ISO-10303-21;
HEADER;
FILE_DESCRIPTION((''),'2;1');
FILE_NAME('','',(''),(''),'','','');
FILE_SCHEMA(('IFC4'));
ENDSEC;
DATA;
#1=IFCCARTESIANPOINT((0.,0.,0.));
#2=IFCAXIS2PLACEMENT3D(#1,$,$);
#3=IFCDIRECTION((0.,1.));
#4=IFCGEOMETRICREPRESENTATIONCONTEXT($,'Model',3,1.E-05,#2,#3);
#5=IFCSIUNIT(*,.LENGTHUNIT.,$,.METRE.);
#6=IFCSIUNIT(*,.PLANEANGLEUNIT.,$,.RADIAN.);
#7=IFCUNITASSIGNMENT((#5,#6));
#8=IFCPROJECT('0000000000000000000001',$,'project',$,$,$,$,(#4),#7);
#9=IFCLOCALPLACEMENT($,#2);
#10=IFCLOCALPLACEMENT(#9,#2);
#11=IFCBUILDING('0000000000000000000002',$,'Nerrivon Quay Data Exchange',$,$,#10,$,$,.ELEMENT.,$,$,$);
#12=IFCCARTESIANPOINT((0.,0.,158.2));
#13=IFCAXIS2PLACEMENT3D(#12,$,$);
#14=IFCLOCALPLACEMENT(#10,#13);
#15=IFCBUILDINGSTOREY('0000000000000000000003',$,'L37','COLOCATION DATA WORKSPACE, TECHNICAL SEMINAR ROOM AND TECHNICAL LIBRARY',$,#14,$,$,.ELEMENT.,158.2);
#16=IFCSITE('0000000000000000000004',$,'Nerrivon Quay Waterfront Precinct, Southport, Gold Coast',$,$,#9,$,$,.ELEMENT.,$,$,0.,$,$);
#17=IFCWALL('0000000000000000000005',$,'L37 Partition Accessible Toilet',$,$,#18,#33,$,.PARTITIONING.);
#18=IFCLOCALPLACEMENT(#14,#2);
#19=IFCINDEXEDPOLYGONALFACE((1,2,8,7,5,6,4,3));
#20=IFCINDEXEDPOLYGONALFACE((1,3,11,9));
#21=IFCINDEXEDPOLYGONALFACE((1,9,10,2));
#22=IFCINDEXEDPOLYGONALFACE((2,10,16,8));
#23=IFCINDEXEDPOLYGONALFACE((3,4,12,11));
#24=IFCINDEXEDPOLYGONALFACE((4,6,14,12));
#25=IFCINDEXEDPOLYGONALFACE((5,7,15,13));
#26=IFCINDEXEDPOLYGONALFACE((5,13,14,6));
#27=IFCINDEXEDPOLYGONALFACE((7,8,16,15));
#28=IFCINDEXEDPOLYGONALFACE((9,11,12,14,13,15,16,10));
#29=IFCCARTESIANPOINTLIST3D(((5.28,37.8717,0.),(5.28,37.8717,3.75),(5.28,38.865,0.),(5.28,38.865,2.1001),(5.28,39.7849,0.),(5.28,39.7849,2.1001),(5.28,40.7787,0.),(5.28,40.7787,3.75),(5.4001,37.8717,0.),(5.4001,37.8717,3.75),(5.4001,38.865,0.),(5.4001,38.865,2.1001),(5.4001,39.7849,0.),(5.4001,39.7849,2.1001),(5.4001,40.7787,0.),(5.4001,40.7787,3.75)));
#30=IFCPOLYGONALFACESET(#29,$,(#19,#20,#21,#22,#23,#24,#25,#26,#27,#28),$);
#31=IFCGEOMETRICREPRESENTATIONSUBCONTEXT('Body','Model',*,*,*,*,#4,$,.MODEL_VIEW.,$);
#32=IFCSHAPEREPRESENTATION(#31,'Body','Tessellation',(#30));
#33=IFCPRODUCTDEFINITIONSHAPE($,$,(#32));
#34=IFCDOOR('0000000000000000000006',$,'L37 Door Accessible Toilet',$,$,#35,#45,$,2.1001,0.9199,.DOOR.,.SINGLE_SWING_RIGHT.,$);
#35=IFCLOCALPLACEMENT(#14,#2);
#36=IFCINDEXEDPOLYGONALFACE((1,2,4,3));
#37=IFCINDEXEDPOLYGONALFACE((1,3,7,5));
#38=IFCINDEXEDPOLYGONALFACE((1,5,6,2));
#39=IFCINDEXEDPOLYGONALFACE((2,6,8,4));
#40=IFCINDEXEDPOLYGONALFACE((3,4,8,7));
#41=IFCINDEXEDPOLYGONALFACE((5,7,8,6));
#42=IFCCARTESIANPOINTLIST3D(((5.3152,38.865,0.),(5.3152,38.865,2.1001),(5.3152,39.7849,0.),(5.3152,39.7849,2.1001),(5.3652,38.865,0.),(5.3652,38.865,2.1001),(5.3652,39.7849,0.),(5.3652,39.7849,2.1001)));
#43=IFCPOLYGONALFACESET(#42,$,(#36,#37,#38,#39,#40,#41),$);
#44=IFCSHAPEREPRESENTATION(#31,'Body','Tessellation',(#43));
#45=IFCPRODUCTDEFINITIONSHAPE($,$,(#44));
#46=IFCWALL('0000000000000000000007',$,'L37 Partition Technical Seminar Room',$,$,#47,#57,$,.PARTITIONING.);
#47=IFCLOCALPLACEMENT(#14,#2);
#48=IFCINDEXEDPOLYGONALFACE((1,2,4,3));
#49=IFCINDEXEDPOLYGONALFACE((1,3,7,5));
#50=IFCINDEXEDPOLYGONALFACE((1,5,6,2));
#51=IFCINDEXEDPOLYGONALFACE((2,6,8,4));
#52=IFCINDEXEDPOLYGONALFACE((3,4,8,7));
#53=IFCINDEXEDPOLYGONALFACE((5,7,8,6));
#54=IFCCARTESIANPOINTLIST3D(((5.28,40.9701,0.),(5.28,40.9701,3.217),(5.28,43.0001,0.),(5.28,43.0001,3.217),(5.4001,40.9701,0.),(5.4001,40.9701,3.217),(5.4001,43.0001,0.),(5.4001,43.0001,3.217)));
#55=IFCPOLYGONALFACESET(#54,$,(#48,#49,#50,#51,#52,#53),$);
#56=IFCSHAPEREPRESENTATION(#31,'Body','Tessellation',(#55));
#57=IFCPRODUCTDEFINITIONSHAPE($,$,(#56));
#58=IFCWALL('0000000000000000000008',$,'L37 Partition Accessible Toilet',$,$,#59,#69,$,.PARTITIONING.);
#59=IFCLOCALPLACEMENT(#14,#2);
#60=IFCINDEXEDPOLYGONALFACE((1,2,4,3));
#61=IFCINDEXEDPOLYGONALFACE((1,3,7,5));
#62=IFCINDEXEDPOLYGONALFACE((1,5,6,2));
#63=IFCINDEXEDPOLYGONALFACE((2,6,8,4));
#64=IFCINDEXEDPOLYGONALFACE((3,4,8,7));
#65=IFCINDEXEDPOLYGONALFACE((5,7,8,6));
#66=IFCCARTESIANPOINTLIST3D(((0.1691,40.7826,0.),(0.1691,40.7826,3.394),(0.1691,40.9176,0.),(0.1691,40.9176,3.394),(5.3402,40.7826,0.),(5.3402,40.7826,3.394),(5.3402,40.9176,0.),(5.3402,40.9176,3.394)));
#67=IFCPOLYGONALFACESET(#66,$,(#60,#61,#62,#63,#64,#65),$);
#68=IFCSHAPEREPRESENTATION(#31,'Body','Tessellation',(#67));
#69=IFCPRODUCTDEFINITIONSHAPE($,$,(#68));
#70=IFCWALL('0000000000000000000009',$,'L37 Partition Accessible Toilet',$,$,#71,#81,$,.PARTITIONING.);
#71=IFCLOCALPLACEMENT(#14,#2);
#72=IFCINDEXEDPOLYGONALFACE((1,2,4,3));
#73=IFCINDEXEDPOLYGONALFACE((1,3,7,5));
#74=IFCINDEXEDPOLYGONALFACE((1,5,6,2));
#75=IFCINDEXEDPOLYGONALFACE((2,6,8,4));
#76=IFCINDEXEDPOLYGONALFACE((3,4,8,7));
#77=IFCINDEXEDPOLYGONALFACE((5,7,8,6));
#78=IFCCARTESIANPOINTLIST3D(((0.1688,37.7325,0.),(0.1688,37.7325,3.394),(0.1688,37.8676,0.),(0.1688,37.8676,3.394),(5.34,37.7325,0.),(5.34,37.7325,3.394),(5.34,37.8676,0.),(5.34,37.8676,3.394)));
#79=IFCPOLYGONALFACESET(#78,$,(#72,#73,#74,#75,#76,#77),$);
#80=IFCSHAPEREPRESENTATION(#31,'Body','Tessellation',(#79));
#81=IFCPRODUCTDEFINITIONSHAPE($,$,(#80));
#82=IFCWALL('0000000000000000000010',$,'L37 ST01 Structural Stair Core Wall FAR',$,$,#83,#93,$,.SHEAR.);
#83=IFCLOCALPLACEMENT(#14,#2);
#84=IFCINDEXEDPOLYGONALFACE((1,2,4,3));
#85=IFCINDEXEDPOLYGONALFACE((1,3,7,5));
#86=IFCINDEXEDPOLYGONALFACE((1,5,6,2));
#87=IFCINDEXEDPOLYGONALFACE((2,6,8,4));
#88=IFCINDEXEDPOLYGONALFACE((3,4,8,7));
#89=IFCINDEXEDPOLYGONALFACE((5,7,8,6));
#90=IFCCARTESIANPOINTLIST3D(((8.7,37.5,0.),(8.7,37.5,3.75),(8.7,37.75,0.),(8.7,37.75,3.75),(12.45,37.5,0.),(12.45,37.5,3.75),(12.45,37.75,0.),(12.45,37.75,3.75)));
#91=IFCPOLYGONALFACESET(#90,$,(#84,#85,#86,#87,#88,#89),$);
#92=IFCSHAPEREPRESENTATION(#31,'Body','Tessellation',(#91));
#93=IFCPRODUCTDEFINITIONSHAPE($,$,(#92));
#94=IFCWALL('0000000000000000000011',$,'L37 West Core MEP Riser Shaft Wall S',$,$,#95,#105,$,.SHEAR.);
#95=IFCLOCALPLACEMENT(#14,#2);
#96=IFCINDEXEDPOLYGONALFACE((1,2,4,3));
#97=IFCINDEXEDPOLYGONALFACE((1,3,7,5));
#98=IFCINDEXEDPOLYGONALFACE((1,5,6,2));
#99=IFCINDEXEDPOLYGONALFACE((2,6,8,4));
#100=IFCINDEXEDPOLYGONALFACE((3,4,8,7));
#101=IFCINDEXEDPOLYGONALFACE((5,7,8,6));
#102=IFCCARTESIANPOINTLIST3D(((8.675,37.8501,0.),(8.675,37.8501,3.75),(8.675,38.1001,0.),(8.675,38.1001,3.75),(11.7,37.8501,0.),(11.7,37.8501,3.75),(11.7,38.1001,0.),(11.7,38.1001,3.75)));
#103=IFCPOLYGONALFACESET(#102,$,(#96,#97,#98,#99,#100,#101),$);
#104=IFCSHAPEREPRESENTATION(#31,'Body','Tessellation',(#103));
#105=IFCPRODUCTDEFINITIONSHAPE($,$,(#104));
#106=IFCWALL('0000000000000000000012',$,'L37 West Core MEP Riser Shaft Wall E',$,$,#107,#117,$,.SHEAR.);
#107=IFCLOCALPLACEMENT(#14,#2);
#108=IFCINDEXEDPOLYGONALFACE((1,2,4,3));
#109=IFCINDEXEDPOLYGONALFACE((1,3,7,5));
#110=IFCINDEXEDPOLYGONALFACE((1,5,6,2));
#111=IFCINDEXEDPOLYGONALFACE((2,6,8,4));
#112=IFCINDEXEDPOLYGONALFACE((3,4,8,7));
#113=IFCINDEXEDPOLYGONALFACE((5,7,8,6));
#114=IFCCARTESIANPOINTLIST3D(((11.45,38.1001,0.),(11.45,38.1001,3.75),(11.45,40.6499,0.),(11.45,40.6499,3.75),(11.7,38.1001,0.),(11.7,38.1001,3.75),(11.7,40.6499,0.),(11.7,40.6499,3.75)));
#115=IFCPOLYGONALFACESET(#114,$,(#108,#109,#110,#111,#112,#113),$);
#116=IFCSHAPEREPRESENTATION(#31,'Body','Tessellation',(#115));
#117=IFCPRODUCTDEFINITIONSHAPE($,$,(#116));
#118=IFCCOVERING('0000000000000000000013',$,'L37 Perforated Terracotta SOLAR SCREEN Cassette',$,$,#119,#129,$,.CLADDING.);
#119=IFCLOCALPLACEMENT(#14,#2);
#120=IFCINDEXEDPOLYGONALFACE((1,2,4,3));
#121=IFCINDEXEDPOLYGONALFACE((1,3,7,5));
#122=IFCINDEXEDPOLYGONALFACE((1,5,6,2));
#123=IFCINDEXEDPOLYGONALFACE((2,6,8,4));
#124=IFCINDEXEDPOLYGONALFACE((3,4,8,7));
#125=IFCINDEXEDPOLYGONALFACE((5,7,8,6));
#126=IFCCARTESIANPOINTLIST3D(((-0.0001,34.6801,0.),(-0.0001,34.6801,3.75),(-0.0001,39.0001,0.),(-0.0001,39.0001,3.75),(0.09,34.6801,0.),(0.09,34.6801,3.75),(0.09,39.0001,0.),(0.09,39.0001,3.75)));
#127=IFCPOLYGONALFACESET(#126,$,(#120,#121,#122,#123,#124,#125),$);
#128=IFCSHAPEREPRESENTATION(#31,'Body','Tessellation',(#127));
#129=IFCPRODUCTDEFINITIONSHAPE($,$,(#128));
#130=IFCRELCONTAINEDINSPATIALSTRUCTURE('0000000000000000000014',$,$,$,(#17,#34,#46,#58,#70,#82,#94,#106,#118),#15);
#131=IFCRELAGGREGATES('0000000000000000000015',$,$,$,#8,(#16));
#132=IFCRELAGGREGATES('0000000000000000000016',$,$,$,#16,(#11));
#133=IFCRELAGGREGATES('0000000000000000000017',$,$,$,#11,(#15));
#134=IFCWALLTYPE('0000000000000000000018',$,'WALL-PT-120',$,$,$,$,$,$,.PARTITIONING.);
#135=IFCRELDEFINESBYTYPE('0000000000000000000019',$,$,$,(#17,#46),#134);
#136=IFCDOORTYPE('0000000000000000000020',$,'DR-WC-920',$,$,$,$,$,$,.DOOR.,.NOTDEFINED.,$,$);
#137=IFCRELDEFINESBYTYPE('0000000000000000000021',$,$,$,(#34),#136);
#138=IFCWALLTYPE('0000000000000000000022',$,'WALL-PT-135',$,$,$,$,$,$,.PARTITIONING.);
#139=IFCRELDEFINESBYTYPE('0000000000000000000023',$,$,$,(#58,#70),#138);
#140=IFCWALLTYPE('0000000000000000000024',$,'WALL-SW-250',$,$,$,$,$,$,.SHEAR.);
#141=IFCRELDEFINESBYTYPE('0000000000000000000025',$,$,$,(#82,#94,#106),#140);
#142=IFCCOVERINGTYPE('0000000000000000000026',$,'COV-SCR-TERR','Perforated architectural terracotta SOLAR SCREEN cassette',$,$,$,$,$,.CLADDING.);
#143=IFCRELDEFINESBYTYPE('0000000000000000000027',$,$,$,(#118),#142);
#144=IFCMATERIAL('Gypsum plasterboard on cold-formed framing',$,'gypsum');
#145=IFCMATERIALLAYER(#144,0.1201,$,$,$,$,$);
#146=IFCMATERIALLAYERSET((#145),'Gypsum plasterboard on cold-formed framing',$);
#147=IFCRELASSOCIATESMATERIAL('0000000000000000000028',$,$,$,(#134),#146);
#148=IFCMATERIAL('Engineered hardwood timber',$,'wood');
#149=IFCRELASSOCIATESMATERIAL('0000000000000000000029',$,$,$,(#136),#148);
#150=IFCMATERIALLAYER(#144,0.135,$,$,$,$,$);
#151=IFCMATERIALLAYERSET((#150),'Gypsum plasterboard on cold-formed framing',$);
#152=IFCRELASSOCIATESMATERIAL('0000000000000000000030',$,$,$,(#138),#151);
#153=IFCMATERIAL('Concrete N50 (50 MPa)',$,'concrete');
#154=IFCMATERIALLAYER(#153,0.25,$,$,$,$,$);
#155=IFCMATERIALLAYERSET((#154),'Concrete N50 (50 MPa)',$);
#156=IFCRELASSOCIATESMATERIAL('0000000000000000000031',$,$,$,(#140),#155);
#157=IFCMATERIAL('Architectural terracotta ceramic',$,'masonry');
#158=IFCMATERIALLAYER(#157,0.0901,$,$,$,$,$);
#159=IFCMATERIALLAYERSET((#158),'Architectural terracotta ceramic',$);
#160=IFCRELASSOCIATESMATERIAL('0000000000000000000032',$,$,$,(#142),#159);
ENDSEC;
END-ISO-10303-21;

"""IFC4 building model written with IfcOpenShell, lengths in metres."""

from ifc_helpers import new_model, si_unit, direction, frame, frame_2d, origin, origin_2d, place, context, subcontext, project, spatial, rectangle, extrude, material, layer, layer_set, type_object, element, fill, save


model = new_model("IFC4")

# Units and contexts
model_context = context("Model", 3, precision=1e-05, world=origin(), true_north=direction((0.0, 1.0)))
body_context = subcontext(model_context, "Body", "Model", "MODEL_VIEW")
ifc_project = project(units=[si_unit("LENGTHUNIT", "METRE"), si_unit("PLANEANGLEUNIT", "RADIAN")], contexts=[model_context])

# Site, building, storey
site_placement = place(None, origin())
site = spatial("IfcSite", under=ifc_project, at=site_placement, Name="Nerrivon Quay Waterfront Precinct, Southport, Gold Coast", CompositionType="ELEMENT", RefElevation=0.0)
building_placement = place(site_placement, origin())
building = spatial("IfcBuilding", under=site, at=building_placement, Name="Nerrivon Quay Data Exchange", CompositionType="ELEMENT")
storey_placement = place(building_placement, frame((0.0, 0.0, 158.2)))
storey = spatial("IfcBuildingStorey", under=building, at=storey_placement, Name="L37", Description="COLOCATION DATA WORKSPACE, TECHNICAL SEMINAR ROOM AND TECHNICAL LIBRARY", CompositionType="ELEMENT", Elevation=158.2)

# Shared definitions
ifc_material_1 = material(Name="Gypsum plasterboard on cold-formed framing", Category="gypsum")

# Wall, opening, door
ifc_layer_1 = layer(ifc_material_1, 0.1201)
ifc_layer_set_1 = layer_set([ifc_layer_1], Name="Gypsum plasterboard on cold-formed framing")
wall_type_1 = type_object("IfcWallType", Name="WALL-PT-120", PredefinedType="PARTITIONING", material=ifc_layer_set_1)
wall_1_placement = place(storey_placement, frame((5.3401, 37.8716, 0.0), z_axis=(0.0, 0.0, 1.0), x_axis=(0.0, 1.0, 0.0)))
wall_1 = element("IfcWall", 1, at=wall_1_placement, inside=storey, type_object=wall_type_1, Name="L37 Partition Accessible Toilet", PredefinedType="PARTITIONING", context=body_context, shape_type="SweptSolid", body=[
    extrude(rectangle(XDim=2.907, YDim=0.1201, at=frame_2d((1.4536, 0.0))), origin(), (0.0, 0.0, 1.0), 3.75),
])
opening_1_placement = place(wall_1_placement, frame((0.9934, 0.0, 0.0)))
opening_1 = element("IfcOpeningElement", 2, at=opening_1_placement, cuts=wall_1, PredefinedType="OPENING", context=body_context, shape_type="SweptSolid", body=[
    extrude(rectangle(XDim=0.9199, YDim=2.1001, at=frame_2d((0.46, 1.05))), frame((0.0, 0.0701, 0.0), z_axis=(0.0, -1.0, 0.0), x_axis=(1.0, 0.0, 0.0)), (0.0, 0.0, 1.0), 0.1401),
])
ifc_material_2 = material(Name="Engineered hardwood timber", Category="wood")
door_type_1 = type_object("IfcDoorType", Name="DR-WC-920", OperationType="NOTDEFINED", PredefinedType="DOOR", material=ifc_material_2)
door_1_placement = place(opening_1_placement, origin())
door_1 = element("IfcDoor", 3, at=door_1_placement, inside=storey, type_object=door_type_1, Name="L37 Door Accessible Toilet", OperationType="SINGLE_SWING_RIGHT", OverallHeight=2.1001, OverallWidth=0.9199, PredefinedType="DOOR", context=body_context, shape_type="SweptSolid", body=[
    extrude(rectangle(XDim=0.9199, YDim=2.1001, at=frame_2d((0.46, 1.05))), frame((0.0, 0.0249, 0.0), z_axis=(0.0, -1.0, 0.0), x_axis=(1.0, 0.0, 0.0)), (0.0, 0.0, 1.0), 0.05),
])
fill(opening_1, door_1)

# Walls
wall_2_placement = place(storey_placement, frame((5.3401, 40.97, 0.0), z_axis=(0.0, 0.0, 1.0), x_axis=(0.0, 1.0, 0.0)))
element("IfcWall", 4, at=wall_2_placement, inside=storey, type_object=wall_type_1, Name="L37 Partition Technical Seminar Room", PredefinedType="PARTITIONING", context=body_context, shape_type="SweptSolid", body=[
    extrude(rectangle(XDim=2.03, YDim=0.1201, at=frame_2d((1.0151, 0.0))), origin(), (0.0, 0.0, 1.0), 3.217),
])
ifc_layer_2 = layer(ifc_material_1, 0.135)
ifc_layer_set_2 = layer_set([ifc_layer_2], Name="Gypsum plasterboard on cold-formed framing")
wall_type_2 = type_object("IfcWallType", Name="WALL-PT-135", PredefinedType="PARTITIONING", material=ifc_layer_set_2)
for number, where, z_axis, x_axis, name in (
    (5, (5.3401, 40.8501, 0.0), (0.0, 0.0, 1.0), (-1.0, 0.0, 0.0), "L37 Partition Accessible Toilet"),
    (6, (0.1689, 37.8, 0.0), (0.0, 0.0, 1.0), (1.0, 0.0, 0.0), "L37 Partition Accessible Toilet"),
):
    element("IfcWall", number, at=place(storey_placement, frame(where, z_axis=z_axis, x_axis=x_axis)), inside=storey, type_object=wall_type_2, Name=name, PredefinedType="PARTITIONING", context=body_context, shape_type="SweptSolid", body=[
        extrude(rectangle(XDim=5.1711, YDim=0.135, at=frame_2d((2.5854, 0.0))), origin(), (0.0, 0.0, 1.0), 3.394),
    ])
ifc_material_3 = material(Name="Concrete N50 (50 MPa)", Category="concrete")
ifc_layer_3 = layer(ifc_material_3, 0.25)
ifc_layer_set_3 = layer_set([ifc_layer_3], Name="Concrete N50 (50 MPa)")
wall_type_3 = type_object("IfcWallType", Name="WALL-SW-250", PredefinedType="SHEAR", material=ifc_layer_set_3)
wall_3_placement = place(storey_placement, frame((12.45, 37.625, 0.0), z_axis=(0.0, 0.0, 1.0), x_axis=(-1.0, 0.0, 0.0)))
element("IfcWall", 7, at=wall_3_placement, inside=storey, type_object=wall_type_3, Name="L37 ST01 Structural Stair Core Wall FAR", PredefinedType="SHEAR", context=body_context, shape_type="SweptSolid", body=[
    extrude(rectangle(XDim=3.75, YDim=0.25, at=frame_2d((1.875, 0.0))), origin(), (0.0, 0.0, 1.0), 3.75),
])
wall_4_placement = place(storey_placement, frame((8.675, 37.9751, 0.0), z_axis=(0.0, 0.0, 1.0), x_axis=(1.0, 0.0, 0.0)))
element("IfcWall", 8, at=wall_4_placement, inside=storey, type_object=wall_type_3, Name="L37 West Core MEP Riser Shaft Wall S", PredefinedType="SHEAR", context=body_context, shape_type="SweptSolid", body=[
    extrude(rectangle(XDim=3.0249, YDim=0.25, at=frame_2d((1.5125, 0.0))), origin(), (0.0, 0.0, 1.0), 3.75),
])
wall_5_placement = place(storey_placement, frame((11.575, 38.1001, 0.0), z_axis=(0.0, 0.0, 1.0), x_axis=(0.0, 1.0, 0.0)))
element("IfcWall", 9, at=wall_5_placement, inside=storey, type_object=wall_type_3, Name="L37 West Core MEP Riser Shaft Wall E", PredefinedType="SHEAR", context=body_context, shape_type="SweptSolid", body=[
    extrude(rectangle(XDim=2.5498, YDim=0.25, at=frame_2d((1.2749, 0.0))), origin(), (0.0, 0.0, 1.0), 3.75),
])

# Covering
ifc_material_4 = material(Name="Architectural terracotta ceramic", Category="masonry")
ifc_layer_4 = layer(ifc_material_4, 0.0901)
ifc_layer_set_4 = layer_set([ifc_layer_4], Name="Architectural terracotta ceramic")
covering_type = type_object("IfcCoveringType", Name="COV-SCR-TERR", Description="Perforated architectural terracotta SOLAR SCREEN cassette", PredefinedType="CLADDING", material=ifc_layer_set_4)
covering_placement = place(storey_placement, frame((0.0449, 36.8401, 0.0), z_axis=(0.0, 0.0, 1.0), x_axis=(0.0, 1.0, 0.0)))
element("IfcCovering", 10, at=covering_placement, inside=storey, type_object=covering_type, Name="L37 Perforated Terracotta SOLAR SCREEN Cassette", PredefinedType="CLADDING", context=body_context, shape_type="SweptSolid", body=[
    extrude(rectangle(XDim=4.3201, YDim=0.0901, at=origin_2d()), origin(), (0.0, 0.0, 1.0), 3.75),
])

save(model, "model.ifc")
